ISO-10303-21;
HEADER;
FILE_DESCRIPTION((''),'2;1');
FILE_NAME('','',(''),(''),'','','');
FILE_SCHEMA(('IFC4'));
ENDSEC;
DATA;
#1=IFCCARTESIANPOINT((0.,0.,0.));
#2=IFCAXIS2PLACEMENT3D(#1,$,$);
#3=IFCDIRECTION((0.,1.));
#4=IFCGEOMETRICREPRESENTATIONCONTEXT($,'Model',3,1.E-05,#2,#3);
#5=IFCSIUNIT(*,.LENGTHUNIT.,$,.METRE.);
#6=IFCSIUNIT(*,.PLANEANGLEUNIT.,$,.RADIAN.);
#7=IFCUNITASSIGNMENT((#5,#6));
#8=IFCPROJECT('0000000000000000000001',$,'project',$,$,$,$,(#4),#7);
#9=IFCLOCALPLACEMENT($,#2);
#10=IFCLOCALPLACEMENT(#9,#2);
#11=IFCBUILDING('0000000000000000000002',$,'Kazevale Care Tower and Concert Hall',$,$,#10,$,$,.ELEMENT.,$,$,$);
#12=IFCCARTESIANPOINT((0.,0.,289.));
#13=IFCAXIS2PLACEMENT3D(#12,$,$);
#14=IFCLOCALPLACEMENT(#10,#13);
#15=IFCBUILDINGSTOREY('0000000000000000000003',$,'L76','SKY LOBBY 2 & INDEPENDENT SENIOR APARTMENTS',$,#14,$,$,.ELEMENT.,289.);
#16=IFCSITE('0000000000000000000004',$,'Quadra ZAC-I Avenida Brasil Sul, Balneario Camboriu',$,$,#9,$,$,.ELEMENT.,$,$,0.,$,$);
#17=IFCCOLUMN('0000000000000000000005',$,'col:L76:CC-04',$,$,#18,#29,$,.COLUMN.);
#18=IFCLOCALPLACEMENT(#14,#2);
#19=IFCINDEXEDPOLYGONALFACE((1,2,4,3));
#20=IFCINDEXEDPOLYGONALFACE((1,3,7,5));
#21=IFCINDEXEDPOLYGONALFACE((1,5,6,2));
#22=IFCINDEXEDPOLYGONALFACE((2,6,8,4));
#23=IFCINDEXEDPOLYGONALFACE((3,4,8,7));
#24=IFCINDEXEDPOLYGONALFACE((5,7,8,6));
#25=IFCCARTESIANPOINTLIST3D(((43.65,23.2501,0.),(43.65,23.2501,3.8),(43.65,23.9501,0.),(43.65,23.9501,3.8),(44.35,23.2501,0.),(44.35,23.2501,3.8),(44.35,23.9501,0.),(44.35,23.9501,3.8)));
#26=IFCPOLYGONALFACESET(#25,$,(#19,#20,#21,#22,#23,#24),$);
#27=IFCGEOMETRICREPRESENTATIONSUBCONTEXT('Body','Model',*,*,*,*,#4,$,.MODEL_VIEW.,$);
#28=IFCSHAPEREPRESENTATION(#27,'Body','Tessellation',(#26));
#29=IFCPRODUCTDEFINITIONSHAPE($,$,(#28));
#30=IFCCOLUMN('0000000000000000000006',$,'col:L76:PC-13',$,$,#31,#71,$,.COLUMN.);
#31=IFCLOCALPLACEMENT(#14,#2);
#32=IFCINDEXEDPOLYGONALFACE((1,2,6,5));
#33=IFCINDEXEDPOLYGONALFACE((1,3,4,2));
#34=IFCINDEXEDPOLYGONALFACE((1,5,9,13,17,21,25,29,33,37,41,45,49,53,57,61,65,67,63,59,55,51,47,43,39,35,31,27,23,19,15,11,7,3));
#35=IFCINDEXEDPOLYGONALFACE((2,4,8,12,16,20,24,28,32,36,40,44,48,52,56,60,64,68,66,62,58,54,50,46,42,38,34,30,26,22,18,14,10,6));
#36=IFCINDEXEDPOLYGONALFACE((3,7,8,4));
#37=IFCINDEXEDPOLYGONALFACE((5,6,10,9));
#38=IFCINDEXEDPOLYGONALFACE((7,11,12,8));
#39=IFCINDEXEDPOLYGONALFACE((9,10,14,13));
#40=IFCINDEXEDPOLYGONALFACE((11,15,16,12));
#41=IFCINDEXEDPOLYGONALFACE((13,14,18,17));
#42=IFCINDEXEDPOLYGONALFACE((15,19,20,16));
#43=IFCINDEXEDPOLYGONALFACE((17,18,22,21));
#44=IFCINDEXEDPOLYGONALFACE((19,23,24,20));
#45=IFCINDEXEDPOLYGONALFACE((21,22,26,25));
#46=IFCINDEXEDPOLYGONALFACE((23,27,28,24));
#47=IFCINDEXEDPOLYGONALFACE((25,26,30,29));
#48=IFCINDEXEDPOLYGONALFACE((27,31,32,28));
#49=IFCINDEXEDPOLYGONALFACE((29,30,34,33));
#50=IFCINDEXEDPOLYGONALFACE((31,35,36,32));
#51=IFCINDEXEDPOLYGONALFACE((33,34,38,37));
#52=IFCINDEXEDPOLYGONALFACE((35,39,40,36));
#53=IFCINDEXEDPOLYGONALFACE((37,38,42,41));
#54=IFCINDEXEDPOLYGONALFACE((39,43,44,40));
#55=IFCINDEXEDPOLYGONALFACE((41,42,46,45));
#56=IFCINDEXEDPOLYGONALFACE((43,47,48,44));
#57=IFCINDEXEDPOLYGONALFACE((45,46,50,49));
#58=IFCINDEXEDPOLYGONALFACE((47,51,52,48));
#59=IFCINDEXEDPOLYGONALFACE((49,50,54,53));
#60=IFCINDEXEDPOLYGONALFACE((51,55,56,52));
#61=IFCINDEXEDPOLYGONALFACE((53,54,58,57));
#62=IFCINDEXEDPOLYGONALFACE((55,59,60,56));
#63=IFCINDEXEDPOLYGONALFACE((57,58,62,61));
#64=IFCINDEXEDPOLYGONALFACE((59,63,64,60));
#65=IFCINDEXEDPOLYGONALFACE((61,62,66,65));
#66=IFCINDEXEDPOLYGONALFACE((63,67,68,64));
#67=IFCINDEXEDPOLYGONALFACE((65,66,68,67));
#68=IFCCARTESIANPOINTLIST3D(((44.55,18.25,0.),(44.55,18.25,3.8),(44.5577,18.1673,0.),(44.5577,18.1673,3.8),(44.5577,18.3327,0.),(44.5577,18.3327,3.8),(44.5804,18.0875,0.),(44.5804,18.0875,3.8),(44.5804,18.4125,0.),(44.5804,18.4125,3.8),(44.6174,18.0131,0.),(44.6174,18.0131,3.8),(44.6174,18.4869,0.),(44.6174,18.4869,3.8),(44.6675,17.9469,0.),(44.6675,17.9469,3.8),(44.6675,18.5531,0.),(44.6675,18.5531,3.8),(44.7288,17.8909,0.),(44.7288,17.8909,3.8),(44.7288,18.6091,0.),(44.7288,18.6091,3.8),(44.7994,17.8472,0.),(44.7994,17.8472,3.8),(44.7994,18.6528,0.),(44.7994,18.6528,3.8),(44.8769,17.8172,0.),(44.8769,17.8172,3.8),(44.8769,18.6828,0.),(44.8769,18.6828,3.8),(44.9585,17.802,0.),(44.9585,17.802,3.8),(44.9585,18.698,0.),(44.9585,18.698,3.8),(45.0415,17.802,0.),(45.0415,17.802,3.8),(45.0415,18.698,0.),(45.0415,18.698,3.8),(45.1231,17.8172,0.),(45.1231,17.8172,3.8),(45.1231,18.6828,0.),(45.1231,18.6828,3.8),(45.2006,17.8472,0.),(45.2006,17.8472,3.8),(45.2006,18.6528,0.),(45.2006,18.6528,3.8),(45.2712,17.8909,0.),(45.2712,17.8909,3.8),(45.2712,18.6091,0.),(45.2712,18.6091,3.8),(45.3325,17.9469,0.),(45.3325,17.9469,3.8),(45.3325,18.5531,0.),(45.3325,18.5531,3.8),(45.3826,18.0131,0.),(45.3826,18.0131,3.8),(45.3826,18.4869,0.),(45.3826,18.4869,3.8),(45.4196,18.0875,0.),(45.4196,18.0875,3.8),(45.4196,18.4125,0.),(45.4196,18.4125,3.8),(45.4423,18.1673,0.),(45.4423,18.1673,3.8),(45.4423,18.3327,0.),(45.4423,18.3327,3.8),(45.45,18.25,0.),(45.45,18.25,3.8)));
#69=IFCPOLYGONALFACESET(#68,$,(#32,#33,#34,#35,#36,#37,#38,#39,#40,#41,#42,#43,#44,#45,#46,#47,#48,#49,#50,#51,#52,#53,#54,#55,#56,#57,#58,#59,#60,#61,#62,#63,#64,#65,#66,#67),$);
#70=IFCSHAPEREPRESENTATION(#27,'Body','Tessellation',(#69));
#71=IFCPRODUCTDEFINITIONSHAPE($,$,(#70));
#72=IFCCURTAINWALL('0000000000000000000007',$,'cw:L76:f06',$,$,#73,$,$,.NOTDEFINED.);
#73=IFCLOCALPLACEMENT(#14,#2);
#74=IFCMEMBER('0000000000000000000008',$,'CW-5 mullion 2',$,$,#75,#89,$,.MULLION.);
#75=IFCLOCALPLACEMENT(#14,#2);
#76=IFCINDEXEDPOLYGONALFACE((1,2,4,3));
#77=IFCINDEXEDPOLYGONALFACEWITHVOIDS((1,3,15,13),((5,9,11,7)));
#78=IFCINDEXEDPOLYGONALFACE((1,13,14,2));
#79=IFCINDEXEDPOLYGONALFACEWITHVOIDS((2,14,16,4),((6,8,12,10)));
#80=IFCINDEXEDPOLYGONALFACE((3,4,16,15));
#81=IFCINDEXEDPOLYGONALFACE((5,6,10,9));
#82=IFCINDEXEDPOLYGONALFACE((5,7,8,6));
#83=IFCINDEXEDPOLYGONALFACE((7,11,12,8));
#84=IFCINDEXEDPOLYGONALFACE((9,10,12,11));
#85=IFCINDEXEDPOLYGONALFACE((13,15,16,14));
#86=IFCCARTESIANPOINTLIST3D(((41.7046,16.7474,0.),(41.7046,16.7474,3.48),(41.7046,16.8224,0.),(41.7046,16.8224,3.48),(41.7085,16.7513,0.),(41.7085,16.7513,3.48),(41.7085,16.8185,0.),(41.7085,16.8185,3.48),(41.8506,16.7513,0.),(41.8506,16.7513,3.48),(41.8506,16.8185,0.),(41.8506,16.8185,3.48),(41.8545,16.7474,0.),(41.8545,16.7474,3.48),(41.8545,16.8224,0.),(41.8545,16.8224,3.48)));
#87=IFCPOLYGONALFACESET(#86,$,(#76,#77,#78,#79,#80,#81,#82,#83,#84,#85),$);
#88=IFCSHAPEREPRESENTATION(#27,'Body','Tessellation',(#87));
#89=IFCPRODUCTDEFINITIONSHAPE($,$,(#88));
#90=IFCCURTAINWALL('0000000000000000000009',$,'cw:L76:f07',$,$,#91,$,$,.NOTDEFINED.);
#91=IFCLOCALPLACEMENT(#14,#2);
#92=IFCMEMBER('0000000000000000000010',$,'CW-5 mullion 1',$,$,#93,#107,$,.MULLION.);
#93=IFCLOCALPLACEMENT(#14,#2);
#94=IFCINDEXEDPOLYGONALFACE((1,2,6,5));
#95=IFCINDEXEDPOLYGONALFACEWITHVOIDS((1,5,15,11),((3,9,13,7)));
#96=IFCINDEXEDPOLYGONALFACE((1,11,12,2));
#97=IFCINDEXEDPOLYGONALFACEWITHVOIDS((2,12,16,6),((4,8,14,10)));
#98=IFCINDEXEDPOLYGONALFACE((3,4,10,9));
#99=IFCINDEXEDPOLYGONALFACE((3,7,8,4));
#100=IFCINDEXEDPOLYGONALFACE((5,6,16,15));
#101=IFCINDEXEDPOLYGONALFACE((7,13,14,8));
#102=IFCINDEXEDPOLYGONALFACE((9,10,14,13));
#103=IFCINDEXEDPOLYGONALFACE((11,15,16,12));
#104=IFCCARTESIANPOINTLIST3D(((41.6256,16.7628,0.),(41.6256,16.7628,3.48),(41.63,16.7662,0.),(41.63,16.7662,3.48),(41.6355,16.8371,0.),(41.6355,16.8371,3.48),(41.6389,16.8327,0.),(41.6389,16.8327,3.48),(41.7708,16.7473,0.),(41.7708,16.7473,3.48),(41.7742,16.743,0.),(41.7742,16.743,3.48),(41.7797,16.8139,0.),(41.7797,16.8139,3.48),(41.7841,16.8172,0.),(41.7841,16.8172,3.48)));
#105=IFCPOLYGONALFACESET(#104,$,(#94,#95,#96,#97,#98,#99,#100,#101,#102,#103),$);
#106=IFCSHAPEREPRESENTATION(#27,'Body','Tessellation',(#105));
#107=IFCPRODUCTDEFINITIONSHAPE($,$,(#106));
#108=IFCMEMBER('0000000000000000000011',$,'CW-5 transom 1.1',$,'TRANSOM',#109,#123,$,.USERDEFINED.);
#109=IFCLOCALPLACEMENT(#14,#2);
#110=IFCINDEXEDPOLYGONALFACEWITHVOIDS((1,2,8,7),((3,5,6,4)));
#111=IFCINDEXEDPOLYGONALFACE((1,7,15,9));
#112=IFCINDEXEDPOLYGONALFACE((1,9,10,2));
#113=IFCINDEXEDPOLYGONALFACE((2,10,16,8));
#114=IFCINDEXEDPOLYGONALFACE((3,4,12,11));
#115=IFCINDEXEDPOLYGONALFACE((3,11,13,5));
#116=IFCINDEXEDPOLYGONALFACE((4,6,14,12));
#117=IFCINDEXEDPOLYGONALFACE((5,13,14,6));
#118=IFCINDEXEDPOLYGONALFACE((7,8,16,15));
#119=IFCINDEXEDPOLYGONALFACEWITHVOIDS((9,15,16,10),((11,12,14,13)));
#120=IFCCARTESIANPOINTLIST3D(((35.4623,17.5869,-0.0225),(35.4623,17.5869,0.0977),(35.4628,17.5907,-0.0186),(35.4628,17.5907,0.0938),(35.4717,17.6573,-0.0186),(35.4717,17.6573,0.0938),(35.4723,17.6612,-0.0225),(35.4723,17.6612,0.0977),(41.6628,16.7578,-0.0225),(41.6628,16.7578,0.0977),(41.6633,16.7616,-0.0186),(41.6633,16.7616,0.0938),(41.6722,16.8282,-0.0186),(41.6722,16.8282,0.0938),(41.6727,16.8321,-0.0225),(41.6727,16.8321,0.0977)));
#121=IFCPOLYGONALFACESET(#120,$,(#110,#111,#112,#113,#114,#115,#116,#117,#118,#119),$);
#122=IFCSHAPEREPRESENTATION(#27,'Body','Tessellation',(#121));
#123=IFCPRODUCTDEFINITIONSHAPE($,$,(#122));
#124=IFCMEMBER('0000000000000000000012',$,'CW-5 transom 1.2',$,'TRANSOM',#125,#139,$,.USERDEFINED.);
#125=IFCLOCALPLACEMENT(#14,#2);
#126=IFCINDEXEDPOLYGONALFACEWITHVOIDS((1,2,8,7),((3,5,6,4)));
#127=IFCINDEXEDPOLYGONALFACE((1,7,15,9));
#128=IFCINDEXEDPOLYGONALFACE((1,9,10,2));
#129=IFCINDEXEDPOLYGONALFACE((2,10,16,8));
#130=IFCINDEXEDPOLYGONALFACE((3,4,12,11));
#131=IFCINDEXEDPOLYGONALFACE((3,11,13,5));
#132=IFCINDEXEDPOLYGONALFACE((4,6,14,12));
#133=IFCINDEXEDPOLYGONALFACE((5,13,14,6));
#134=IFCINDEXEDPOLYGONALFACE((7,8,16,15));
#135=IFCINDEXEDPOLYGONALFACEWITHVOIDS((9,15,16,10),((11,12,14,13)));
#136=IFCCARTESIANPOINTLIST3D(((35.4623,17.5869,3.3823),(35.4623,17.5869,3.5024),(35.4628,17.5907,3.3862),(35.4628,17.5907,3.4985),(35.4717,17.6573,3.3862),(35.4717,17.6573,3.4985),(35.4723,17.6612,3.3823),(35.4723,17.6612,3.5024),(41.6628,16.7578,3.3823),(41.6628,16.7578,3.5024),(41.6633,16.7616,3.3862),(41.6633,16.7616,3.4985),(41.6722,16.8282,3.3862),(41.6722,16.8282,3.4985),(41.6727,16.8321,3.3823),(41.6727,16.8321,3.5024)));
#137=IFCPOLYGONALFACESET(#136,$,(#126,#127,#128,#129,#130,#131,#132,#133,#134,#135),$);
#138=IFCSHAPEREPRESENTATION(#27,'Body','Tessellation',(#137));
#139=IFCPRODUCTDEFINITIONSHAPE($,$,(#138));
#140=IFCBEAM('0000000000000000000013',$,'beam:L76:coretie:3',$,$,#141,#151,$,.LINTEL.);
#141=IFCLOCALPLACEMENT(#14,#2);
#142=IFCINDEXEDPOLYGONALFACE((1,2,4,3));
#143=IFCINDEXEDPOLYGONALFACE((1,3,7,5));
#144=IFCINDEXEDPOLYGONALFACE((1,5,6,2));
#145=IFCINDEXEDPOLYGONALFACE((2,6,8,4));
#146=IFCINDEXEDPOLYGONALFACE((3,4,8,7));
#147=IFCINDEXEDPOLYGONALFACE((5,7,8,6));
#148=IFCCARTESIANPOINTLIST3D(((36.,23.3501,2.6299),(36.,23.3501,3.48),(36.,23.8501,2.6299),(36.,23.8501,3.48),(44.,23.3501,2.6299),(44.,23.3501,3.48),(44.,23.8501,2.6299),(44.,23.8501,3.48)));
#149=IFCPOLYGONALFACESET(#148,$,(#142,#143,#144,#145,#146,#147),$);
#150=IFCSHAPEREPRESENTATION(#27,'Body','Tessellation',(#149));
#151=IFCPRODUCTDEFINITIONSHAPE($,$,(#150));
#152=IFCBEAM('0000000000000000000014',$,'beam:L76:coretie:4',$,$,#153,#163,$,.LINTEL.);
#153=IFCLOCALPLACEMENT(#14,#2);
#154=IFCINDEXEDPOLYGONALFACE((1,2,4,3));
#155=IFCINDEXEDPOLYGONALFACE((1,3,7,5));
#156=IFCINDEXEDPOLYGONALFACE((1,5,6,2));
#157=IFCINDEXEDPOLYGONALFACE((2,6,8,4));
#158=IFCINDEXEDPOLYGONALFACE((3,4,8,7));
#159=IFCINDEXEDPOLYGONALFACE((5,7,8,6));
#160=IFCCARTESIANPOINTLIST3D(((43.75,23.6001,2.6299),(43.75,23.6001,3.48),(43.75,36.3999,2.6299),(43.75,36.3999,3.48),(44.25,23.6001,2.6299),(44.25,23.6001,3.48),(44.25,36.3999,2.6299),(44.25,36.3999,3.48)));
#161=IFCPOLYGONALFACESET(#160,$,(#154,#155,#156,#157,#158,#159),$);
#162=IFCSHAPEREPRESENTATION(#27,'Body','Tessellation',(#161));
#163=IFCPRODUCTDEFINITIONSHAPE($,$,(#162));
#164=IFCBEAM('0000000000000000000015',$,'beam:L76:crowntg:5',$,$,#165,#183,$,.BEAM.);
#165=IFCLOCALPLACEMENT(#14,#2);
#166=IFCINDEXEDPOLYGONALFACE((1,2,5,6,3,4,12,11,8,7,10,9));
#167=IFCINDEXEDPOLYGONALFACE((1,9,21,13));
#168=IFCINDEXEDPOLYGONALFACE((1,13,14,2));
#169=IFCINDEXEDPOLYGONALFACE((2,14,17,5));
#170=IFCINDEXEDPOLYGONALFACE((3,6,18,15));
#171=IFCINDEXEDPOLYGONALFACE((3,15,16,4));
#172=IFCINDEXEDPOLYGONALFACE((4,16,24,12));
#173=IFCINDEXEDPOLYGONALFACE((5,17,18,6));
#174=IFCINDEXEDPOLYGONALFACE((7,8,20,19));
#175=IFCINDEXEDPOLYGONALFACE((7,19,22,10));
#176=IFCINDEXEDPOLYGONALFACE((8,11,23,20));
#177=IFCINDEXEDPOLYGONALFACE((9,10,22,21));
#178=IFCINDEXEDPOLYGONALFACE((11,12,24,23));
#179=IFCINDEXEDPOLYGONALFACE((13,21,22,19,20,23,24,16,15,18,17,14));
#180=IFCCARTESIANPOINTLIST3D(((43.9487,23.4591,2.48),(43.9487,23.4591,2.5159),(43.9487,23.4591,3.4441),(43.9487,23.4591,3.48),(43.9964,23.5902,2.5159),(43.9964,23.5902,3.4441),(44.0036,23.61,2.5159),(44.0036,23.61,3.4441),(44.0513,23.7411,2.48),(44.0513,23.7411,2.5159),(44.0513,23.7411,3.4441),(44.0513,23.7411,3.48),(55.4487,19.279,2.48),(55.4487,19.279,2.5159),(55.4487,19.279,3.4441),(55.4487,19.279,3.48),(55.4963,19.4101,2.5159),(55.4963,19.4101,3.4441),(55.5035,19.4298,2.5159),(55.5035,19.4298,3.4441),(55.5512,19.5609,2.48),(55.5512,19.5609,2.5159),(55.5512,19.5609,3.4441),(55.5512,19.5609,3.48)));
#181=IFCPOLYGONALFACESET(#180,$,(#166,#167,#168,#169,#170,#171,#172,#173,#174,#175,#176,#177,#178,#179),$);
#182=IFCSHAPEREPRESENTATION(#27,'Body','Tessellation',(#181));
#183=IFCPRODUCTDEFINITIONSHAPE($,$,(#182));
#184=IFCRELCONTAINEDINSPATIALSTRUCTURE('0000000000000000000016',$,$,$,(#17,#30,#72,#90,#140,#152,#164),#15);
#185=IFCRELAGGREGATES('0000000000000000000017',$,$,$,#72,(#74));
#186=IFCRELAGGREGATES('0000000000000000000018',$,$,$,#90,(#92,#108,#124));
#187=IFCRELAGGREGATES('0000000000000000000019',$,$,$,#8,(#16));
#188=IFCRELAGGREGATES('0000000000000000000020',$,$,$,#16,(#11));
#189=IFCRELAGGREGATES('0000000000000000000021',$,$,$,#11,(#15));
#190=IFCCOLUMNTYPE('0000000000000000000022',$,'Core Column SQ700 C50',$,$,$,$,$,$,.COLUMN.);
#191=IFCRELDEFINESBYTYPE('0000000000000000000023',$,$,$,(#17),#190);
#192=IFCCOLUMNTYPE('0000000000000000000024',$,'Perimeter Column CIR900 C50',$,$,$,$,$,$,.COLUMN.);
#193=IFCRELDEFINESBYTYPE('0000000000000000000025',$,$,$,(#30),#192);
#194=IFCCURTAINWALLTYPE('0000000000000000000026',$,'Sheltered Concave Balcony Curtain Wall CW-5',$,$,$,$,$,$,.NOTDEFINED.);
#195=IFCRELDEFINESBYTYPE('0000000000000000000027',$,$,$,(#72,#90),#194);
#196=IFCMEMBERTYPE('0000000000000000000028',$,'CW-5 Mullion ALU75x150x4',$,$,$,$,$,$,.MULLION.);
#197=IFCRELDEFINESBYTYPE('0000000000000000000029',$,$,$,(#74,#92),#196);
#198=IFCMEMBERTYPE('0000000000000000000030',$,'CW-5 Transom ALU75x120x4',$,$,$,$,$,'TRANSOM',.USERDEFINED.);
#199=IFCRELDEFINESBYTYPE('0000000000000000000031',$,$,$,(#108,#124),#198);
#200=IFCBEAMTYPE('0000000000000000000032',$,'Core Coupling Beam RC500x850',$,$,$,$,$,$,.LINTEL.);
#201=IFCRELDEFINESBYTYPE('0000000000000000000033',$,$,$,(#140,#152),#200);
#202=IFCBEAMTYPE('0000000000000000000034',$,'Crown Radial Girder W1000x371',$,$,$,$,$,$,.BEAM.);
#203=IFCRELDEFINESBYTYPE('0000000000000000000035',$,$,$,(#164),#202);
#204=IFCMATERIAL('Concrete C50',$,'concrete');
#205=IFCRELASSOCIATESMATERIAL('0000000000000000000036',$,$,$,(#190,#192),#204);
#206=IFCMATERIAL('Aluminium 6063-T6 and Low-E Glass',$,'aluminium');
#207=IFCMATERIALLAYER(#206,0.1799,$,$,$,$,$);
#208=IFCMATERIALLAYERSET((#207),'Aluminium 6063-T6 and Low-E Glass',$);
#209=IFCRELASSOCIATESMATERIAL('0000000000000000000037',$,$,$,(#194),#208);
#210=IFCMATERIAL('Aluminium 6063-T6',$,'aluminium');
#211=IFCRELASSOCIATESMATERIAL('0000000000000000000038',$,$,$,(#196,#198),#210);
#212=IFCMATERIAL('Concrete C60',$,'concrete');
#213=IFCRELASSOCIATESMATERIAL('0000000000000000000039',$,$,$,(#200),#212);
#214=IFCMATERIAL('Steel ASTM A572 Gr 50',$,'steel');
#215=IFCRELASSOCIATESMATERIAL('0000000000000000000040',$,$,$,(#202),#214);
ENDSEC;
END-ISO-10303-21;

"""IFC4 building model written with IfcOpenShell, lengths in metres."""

from ifc_helpers import new_model, si_unit, direction, frame, origin, origin_2d, place, context, subcontext, project, spatial, rectangle, hollow_rectangle, circle, i_section, extrude, material, layer, layer_set, material_profile, profile_set, type_object, element, aggregate, save


model = new_model("IFC4")

# Units and contexts
model_context = context("Model", 3, precision=1e-05, world=origin(), true_north=direction((0.0, 1.0)))
body_context = subcontext(model_context, "Body", "Model", "MODEL_VIEW")
ifc_project = project(units=[si_unit("LENGTHUNIT", "METRE"), si_unit("PLANEANGLEUNIT", "RADIAN")], contexts=[model_context])

# Site, building, storey
site_placement = place(None, origin())
site = spatial("IfcSite", under=ifc_project, at=site_placement, Name="Quadra ZAC-I Avenida Brasil Sul, Balneario Camboriu", CompositionType="ELEMENT", RefElevation=0.0)
building_placement = place(site_placement, origin())
building = spatial("IfcBuilding", under=site, at=building_placement, Name="Kazevale Care Tower and Concert Hall", CompositionType="ELEMENT")
storey_placement = place(building_placement, frame((0.0, 0.0, 289.0)))
storey = spatial("IfcBuildingStorey", under=building, at=storey_placement, Name="L76", Description="SKY LOBBY 2 & INDEPENDENT SENIOR APARTMENTS", CompositionType="ELEMENT", Elevation=289.0)

# Columns
ifc_material_1 = material(Name="Concrete C50", Category="concrete")
ifc_material_profile_1 = material_profile(ifc_material_1, rectangle(XDim=0.7, YDim=0.7, at=origin_2d()), Name="RC-SQ700")
ifc_profile_set_1 = profile_set([ifc_material_profile_1], Name="Concrete C50")
column_type_1 = type_object("IfcColumnType", Name="Core Column SQ700 C50", PredefinedType="COLUMN", material=ifc_profile_set_1)
column_1_placement = place(storey_placement, frame((44.0, 23.6001, 0.0), z_axis=(0.0, 0.0, 1.0), x_axis=(1.0, 0.0, 0.0)))
element("IfcColumn", 1, at=column_1_placement, inside=storey, type_object=column_type_1, Name="col:L76:CC-04", PredefinedType="COLUMN", context=body_context, shape_type="SweptSolid", body=[
    extrude(rectangle(XDim=0.7, YDim=0.7, at=origin_2d()), origin(), (0.0, 0.0, 1.0), 3.8),
])
ifc_material_profile_2 = material_profile(ifc_material_1, circle(Radius=0.45, at=origin_2d()), Name="RC-CIR900")
ifc_profile_set_2 = profile_set([ifc_material_profile_2], Name="Concrete C50")
column_type_2 = type_object("IfcColumnType", Name="Perimeter Column CIR900 C50", PredefinedType="COLUMN", material=ifc_profile_set_2)
column_2_placement = place(storey_placement, frame((45.0, 18.25, 0.0), z_axis=(0.0, 0.0, 1.0), x_axis=(1.0, 0.0, 0.0)))
element("IfcColumn", 2, at=column_2_placement, inside=storey, type_object=column_type_2, Name="col:L76:PC-13", PredefinedType="COLUMN", context=body_context, shape_type="SweptSolid", body=[
    extrude(circle(Radius=0.45, at=origin_2d()), origin(), (0.0, 0.0, 1.0), 3.8),
])

# Curtain wall, member
ifc_material_2 = material(Name="Aluminium 6063-T6 and Low-E Glass", Category="aluminium")
ifc_layer_1 = layer(ifc_material_2, 0.1799)
ifc_layer_set_1 = layer_set([ifc_layer_1], Name="Aluminium 6063-T6 and Low-E Glass")
curtain_wall_type = type_object("IfcCurtainWallType", Name="Sheltered Concave Balcony Curtain Wall CW-5", PredefinedType="NOTDEFINED", material=ifc_layer_set_1)
curtain_wall_1_placement = place(storey_placement, origin())
curtain_wall_1 = element("IfcCurtainWall", 3, at=curtain_wall_1_placement, inside=storey, type_object=curtain_wall_type, Name="cw:L76:f06", PredefinedType="NOTDEFINED")
ifc_material_3 = material(Name="Aluminium 6063-T6", Category="aluminium")
ifc_material_profile_3 = material_profile(ifc_material_3, hollow_rectangle(XDim=0.075, YDim=0.1499, WallThickness=0.0039, at=origin_2d()), Name="ALU75x150x4")
ifc_profile_set_3 = profile_set([ifc_material_profile_3], Name="Aluminium 6063-T6")
member_type_1 = type_object("IfcMemberType", Name="CW-5 Mullion ALU75x150x4", PredefinedType="MULLION", material=ifc_profile_set_3)
member_1_placement = place(storey_placement, frame((41.7795, 16.7849, 0.0), z_axis=(0.0, 0.0, 1.0), x_axis=(0.0, -1.0, 0.0)))
member_1 = element("IfcMember", 4, at=member_1_placement, type_object=member_type_1, Name="CW-5 mullion 2", PredefinedType="MULLION", context=body_context, shape_type="SweptSolid", body=[
    extrude(hollow_rectangle(XDim=0.075, YDim=0.1499, WallThickness=0.0039, at=origin_2d()), origin(), (0.0, 0.0, 1.0), 3.48),
])

# Curtain wall, members
curtain_wall_2_placement = place(storey_placement, origin())
curtain_wall_2 = element("IfcCurtainWall", 5, at=curtain_wall_2_placement, inside=storey, type_object=curtain_wall_type, Name="cw:L76:f07", PredefinedType="NOTDEFINED")
member_2_placement = place(storey_placement, frame((41.7048, 16.79, 0.0), z_axis=(0.0, 0.0, 1.0), x_axis=(-0.132542, -0.991177, 0.0)))
member_2 = element("IfcMember", 6, at=member_2_placement, type_object=member_type_1, Name="CW-5 mullion 1", PredefinedType="MULLION", context=body_context, shape_type="SweptSolid", body=[
    extrude(hollow_rectangle(XDim=0.075, YDim=0.1499, WallThickness=0.0039, at=origin_2d()), origin(), (0.0, 0.0, 1.0), 3.48),
])
ifc_material_profile_4 = material_profile(ifc_material_3, hollow_rectangle(XDim=0.075, YDim=0.1201, WallThickness=0.0039, at=origin_2d()), Name="ALU75x120x4")
ifc_profile_set_4 = profile_set([ifc_material_profile_4], Name="Aluminium 6063-T6")
member_type_2 = type_object("IfcMemberType", Name="CW-5 Transom ALU75x120x4", ElementType="TRANSOM", PredefinedType="USERDEFINED", material=ifc_profile_set_4)
member_3_placement = place(storey_placement, frame((41.6677, 16.7949, 0.0376), z_axis=(-0.991178, 0.132537, 0.0), x_axis=(-0.132537, -0.991178, 0.0)))
member_3 = element("IfcMember", 7, at=member_3_placement, type_object=member_type_2, Name="CW-5 transom 1.1", ObjectType="TRANSOM", PredefinedType="USERDEFINED", context=body_context, shape_type="SweptSolid", body=[
    extrude(hollow_rectangle(XDim=0.075, YDim=0.1201, WallThickness=0.0039, at=origin_2d()), origin(), (0.0, 0.0, 1.0), 6.2556),
])
member_4_placement = place(storey_placement, frame((41.6677, 16.7949, 3.4424), z_axis=(-0.991178, 0.132537, 0.0), x_axis=(-0.132537, -0.991178, 0.0)))
member_4 = element("IfcMember", 8, at=member_4_placement, type_object=member_type_2, Name="CW-5 transom 1.2", ObjectType="TRANSOM", PredefinedType="USERDEFINED", context=body_context, shape_type="SweptSolid", body=[
    extrude(hollow_rectangle(XDim=0.075, YDim=0.1201, WallThickness=0.0039, at=origin_2d()), origin(), (0.0, 0.0, 1.0), 6.2556),
])

# Beams
ifc_material_4 = material(Name="Concrete C60", Category="concrete")
ifc_material_profile_5 = material_profile(ifc_material_4, rectangle(XDim=0.5, YDim=0.8501, at=origin_2d()), Name="RC-B500x850")
ifc_profile_set_5 = profile_set([ifc_material_profile_5], Name="Concrete C60")
beam_type_1 = type_object("IfcBeamType", Name="Core Coupling Beam RC500x850", PredefinedType="LINTEL", material=ifc_profile_set_5)
beam_1_placement = place(storey_placement, frame((36.0, 23.6001, 3.0549), z_axis=(1.0, 0.0, 0.0), x_axis=(0.0, 1.0, 0.0)))
element("IfcBeam", 9, at=beam_1_placement, inside=storey, type_object=beam_type_1, Name="beam:L76:coretie:3", PredefinedType="LINTEL", context=body_context, shape_type="SweptSolid", body=[
    extrude(rectangle(XDim=0.5, YDim=0.8501, at=origin_2d()), origin(), (0.0, 0.0, 1.0), 8.0),
])
beam_2_placement = place(storey_placement, frame((44.0, 23.6001, 3.0549), z_axis=(0.0, 1.0, 0.0), x_axis=(-1.0, 0.0, 0.0)))
element("IfcBeam", 10, at=beam_2_placement, inside=storey, type_object=beam_type_1, Name="beam:L76:coretie:4", PredefinedType="LINTEL", context=body_context, shape_type="SweptSolid", body=[
    extrude(rectangle(XDim=0.5, YDim=0.8501, at=origin_2d()), origin(), (0.0, 0.0, 1.0), 12.7998),
])
ifc_material_5 = material(Name="Steel ASTM A572 Gr 50", Category="steel")
ifc_material_profile_6 = material_profile(ifc_material_5, i_section(OverallWidth=0.3, OverallDepth=1.0, WebThickness=0.021, FlangeThickness=0.0359, at=origin_2d()), Name="W1000x371")
ifc_profile_set_6 = profile_set([ifc_material_profile_6], Name="Steel ASTM A572 Gr 50")
beam_type_2 = type_object("IfcBeamType", Name="Crown Radial Girder W1000x371", PredefinedType="BEAM", material=ifc_profile_set_6)
beam_3_placement = place(storey_placement, frame((44.0, 23.6001, 2.98), z_axis=(0.939837, -0.341625, 0.0), x_axis=(0.341625, 0.939837, 0.0)))
element("IfcBeam", 11, at=beam_3_placement, inside=storey, type_object=beam_type_2, Name="beam:L76:crowntg:5", PredefinedType="BEAM", context=body_context, shape_type="SweptSolid", body=[
    extrude(i_section(OverallWidth=0.3, OverallDepth=1.0, WebThickness=0.021, FlangeThickness=0.0359, at=origin_2d()), origin(), (0.0, 0.0, 1.0), 12.2361),
])

aggregate(curtain_wall_1, [member_1])
aggregate(curtain_wall_2, [member_2, member_3, member_4])

save(model, "model.ifc")
